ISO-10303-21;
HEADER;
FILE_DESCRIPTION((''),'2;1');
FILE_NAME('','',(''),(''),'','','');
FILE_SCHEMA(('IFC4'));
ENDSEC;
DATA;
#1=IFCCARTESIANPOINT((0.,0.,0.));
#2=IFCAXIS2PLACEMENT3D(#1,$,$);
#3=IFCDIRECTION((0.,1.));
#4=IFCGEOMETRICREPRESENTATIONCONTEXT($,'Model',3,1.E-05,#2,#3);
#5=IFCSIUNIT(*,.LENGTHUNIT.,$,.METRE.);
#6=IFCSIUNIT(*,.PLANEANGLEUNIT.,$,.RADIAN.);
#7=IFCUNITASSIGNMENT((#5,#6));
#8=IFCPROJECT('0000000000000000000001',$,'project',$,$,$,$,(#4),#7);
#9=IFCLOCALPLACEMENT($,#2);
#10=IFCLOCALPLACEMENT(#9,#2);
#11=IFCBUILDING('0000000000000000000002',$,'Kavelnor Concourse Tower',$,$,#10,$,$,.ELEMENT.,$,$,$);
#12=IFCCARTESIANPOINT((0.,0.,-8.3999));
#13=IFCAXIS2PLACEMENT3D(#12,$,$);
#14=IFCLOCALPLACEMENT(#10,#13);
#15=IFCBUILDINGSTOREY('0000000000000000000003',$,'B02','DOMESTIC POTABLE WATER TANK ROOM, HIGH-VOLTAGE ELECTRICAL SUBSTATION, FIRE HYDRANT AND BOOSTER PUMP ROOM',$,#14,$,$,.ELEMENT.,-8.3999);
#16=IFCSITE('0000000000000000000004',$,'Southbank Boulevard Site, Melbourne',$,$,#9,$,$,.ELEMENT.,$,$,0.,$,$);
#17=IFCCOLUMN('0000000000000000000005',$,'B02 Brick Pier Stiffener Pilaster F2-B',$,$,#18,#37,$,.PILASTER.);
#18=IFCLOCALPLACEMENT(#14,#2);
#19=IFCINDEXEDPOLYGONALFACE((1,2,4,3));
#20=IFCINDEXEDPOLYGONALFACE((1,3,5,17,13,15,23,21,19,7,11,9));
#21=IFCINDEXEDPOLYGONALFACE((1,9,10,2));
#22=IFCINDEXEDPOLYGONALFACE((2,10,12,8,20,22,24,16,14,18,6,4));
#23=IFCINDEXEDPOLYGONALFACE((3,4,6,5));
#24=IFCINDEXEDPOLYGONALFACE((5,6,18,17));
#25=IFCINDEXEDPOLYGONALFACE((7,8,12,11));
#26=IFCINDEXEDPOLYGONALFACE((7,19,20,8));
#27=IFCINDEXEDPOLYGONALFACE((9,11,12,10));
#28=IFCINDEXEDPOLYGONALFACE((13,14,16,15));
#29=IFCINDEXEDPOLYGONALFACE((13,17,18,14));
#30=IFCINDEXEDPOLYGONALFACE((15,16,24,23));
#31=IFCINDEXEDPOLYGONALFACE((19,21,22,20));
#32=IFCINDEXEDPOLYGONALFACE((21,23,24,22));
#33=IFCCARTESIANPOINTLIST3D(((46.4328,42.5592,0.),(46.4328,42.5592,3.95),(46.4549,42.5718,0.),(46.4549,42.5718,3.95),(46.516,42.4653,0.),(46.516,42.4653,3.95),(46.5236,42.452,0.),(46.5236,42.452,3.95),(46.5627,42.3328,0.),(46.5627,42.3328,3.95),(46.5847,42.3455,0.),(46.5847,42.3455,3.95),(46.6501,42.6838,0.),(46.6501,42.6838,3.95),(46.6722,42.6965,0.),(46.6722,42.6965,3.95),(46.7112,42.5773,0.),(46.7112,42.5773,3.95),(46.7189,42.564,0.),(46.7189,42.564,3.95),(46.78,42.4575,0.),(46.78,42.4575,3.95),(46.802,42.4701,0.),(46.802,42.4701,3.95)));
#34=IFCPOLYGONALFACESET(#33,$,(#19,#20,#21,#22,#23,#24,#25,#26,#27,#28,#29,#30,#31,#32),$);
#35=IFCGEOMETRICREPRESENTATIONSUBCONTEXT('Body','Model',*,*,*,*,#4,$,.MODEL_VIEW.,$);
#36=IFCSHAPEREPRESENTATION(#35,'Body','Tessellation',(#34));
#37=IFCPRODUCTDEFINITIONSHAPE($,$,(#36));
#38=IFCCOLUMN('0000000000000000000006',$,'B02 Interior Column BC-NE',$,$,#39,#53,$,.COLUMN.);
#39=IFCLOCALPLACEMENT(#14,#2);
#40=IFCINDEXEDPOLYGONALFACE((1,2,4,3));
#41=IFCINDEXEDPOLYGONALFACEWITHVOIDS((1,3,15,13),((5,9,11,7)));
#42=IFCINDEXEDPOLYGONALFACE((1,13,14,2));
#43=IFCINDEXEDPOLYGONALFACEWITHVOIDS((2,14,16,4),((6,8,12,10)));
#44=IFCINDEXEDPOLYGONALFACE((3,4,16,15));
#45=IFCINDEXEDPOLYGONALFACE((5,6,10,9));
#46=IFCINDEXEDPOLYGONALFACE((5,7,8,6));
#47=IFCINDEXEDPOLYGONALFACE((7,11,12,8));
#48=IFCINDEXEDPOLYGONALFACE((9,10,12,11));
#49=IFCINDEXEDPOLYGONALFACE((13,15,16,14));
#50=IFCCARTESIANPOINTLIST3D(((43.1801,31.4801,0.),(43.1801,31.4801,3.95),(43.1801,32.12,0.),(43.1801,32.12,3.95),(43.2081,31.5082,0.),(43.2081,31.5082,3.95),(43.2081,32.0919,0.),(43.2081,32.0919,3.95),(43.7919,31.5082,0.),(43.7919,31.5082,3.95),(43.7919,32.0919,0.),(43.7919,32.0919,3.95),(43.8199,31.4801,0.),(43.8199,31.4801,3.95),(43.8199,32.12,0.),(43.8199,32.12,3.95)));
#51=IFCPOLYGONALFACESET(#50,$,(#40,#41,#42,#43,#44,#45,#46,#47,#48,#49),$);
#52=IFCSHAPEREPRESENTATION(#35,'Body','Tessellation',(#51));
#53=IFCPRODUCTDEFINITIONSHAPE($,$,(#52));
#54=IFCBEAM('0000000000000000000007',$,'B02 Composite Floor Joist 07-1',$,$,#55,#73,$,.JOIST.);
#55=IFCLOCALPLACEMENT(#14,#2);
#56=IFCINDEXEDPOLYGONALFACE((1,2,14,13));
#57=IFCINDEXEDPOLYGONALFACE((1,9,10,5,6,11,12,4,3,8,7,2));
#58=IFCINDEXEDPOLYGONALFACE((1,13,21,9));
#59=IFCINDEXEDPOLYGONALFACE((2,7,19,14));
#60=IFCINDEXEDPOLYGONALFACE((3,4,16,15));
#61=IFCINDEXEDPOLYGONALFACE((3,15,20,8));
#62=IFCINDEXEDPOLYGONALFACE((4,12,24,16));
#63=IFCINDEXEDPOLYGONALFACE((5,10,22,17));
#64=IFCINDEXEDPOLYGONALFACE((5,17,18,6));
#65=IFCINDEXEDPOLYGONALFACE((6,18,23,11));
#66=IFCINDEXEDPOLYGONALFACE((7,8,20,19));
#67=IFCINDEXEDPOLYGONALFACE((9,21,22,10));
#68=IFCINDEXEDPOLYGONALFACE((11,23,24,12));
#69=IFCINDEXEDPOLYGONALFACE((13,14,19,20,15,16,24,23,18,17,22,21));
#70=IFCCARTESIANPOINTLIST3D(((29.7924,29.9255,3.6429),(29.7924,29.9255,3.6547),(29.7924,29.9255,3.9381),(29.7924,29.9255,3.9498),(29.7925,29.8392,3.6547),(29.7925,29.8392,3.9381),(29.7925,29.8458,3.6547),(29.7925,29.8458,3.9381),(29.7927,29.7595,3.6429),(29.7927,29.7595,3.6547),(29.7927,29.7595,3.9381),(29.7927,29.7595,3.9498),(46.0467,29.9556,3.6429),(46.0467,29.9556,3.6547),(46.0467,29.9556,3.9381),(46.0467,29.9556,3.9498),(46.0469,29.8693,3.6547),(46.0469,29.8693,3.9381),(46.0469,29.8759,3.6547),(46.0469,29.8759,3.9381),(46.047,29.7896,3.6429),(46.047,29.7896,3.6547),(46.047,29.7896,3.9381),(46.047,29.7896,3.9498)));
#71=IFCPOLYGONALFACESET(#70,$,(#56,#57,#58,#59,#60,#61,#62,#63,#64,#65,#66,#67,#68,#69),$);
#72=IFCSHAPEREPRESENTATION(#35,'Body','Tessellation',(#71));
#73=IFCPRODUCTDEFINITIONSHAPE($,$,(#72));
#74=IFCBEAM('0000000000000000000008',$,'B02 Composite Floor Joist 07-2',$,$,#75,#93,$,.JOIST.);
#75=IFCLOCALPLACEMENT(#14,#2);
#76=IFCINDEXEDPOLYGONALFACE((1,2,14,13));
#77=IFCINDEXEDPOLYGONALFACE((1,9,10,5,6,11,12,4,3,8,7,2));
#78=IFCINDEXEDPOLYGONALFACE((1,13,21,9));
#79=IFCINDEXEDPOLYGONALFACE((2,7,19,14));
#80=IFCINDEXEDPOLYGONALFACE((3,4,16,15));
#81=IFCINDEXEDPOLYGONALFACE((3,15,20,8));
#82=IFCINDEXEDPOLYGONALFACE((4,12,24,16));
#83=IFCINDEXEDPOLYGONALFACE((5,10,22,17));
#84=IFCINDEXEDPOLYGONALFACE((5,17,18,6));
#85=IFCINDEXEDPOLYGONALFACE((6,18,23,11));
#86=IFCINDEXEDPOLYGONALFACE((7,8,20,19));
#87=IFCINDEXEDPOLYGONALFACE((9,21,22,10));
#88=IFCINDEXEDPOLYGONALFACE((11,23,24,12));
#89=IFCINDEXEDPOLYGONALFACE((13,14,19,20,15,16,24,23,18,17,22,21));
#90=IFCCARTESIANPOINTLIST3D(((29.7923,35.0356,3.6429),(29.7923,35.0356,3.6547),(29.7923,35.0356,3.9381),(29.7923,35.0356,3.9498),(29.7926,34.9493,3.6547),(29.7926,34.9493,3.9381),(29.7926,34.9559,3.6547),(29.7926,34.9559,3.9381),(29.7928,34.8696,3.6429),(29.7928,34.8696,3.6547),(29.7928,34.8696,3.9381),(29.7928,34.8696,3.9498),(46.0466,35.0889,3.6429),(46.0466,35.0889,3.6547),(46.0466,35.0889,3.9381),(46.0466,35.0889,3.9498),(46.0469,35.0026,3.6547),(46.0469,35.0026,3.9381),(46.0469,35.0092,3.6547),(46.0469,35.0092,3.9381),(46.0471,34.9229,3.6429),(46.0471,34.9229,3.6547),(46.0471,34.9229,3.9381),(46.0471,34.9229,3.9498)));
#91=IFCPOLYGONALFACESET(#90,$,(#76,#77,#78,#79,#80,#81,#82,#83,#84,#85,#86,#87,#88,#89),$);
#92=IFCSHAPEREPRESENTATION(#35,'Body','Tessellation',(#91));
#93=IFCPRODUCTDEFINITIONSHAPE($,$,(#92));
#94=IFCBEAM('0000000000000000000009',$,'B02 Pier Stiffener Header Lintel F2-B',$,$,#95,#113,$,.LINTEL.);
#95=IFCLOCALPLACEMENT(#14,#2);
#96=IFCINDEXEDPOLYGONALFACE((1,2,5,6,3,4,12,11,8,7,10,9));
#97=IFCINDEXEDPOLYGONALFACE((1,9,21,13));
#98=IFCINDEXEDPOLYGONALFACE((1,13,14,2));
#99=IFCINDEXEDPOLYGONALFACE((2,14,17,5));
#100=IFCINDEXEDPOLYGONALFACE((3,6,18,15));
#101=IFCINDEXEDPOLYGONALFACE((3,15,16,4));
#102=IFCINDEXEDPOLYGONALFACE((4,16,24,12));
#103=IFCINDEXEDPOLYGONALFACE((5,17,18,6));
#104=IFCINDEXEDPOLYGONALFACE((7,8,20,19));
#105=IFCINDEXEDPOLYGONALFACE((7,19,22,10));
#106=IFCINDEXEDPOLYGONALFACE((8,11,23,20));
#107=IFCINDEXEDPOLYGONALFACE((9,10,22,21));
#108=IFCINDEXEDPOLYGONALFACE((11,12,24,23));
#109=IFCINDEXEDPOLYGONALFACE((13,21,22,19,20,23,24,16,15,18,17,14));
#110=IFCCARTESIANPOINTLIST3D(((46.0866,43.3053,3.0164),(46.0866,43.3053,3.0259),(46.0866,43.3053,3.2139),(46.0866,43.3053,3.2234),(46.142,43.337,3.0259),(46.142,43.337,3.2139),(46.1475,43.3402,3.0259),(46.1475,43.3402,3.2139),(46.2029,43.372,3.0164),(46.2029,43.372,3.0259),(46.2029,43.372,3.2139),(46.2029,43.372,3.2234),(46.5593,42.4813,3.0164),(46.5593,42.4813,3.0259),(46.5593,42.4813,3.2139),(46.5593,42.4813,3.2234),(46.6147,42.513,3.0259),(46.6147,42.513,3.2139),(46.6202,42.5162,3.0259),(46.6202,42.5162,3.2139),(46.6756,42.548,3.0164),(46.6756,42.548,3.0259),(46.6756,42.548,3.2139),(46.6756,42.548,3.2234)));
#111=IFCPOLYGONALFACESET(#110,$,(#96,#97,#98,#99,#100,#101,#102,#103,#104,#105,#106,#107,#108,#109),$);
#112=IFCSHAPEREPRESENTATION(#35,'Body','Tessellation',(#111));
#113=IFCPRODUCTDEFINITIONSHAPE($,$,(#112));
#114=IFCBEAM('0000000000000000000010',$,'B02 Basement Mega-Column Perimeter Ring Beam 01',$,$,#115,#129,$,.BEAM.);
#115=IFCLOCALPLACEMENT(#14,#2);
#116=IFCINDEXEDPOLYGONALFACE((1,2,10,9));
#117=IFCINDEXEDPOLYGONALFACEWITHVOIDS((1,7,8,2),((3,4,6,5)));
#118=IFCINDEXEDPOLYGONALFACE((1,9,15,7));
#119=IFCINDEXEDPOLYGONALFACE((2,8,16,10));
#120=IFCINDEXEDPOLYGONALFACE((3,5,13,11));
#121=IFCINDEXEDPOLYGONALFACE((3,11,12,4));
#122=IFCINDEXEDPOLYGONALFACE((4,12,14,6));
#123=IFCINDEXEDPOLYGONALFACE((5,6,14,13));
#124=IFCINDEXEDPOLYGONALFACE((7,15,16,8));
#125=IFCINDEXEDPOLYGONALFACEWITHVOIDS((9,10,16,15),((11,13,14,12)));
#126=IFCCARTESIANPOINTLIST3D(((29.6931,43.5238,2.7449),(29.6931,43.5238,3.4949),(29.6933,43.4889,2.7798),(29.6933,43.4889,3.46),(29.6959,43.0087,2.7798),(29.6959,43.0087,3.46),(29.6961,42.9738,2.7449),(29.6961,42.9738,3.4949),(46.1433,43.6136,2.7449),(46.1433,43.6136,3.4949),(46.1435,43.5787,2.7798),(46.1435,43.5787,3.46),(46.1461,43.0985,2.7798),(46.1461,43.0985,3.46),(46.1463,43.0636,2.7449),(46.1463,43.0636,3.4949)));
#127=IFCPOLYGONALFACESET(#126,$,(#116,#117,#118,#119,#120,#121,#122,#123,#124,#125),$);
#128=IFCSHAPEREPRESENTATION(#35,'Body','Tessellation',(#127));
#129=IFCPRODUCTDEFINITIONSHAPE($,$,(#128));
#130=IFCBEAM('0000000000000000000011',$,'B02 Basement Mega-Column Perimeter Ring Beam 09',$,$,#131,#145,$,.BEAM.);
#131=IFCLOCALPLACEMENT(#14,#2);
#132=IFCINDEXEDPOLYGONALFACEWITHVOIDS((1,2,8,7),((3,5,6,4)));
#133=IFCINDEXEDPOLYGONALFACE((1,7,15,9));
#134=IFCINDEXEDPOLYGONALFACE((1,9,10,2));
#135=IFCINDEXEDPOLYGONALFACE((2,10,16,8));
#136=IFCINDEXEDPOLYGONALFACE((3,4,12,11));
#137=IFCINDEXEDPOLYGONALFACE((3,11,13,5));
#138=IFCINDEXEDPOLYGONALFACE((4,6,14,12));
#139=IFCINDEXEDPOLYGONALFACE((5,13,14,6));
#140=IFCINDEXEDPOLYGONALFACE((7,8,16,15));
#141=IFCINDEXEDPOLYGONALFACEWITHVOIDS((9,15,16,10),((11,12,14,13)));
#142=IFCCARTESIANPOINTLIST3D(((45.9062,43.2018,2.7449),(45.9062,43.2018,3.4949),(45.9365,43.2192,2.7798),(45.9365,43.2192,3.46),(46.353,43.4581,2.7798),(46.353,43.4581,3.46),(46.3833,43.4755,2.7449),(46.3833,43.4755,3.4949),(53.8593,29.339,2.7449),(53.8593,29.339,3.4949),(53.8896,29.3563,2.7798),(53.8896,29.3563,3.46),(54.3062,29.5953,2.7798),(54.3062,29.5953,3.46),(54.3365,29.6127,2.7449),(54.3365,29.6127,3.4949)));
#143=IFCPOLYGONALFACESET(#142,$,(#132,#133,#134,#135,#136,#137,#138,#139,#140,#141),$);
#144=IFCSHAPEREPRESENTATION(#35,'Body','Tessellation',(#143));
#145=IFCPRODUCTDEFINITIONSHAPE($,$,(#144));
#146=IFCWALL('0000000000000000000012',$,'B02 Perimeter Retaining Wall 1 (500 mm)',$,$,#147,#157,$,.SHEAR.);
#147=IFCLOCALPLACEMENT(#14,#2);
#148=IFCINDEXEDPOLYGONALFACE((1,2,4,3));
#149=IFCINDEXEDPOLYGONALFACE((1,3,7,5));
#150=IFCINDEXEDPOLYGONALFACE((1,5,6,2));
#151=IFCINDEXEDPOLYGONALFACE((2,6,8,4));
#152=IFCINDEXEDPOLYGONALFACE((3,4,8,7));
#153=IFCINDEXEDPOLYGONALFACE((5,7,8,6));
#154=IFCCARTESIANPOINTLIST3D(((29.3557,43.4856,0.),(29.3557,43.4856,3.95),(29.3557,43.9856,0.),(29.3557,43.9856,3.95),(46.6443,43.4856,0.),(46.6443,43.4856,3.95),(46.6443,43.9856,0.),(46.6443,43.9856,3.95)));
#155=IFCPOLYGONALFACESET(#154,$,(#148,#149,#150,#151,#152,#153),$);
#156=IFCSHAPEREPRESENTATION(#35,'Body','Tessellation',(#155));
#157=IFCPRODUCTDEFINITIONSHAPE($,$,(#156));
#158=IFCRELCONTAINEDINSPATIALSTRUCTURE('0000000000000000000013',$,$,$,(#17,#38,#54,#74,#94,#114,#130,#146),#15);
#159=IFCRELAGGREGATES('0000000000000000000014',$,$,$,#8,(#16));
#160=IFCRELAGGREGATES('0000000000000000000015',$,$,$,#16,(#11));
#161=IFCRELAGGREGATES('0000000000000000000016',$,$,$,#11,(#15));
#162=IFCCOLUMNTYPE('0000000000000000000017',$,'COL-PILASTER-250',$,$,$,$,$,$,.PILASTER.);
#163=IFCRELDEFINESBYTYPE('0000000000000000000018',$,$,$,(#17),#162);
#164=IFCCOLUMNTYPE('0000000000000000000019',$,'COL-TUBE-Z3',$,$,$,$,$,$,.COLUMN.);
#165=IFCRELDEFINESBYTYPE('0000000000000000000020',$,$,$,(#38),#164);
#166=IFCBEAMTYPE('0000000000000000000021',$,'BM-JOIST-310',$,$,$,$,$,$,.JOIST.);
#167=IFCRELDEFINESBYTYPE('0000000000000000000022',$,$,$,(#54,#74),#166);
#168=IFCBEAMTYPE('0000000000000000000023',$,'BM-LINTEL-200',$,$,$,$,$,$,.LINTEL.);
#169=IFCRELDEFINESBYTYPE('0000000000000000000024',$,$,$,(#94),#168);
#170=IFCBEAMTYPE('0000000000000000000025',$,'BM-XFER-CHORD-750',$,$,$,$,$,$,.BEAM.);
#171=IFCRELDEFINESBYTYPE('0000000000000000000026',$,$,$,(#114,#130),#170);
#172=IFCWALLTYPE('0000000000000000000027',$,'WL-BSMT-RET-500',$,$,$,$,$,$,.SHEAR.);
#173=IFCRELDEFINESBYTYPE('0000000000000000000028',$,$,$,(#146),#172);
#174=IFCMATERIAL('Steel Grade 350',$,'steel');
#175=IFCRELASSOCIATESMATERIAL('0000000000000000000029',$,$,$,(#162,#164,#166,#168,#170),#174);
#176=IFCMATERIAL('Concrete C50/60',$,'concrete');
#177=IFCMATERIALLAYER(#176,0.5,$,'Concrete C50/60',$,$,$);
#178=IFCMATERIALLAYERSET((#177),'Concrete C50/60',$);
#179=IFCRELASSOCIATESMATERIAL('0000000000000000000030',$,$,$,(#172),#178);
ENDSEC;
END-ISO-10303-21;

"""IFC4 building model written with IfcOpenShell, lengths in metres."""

from ifc_helpers import new_model, si_unit, direction, frame, frame_2d, origin, origin_2d, place, context, subcontext, project, spatial, rectangle, hollow_rectangle, i_section, extrude, material, layer, layer_set, material_profile, profile_set, type_object, element, save


model = new_model("IFC4")

# Units and contexts
model_context = context("Model", 3, precision=1e-05, world=origin(), true_north=direction((0.0, 1.0)))
body_context = subcontext(model_context, "Body", "Model", "MODEL_VIEW")
ifc_project = project(units=[si_unit("LENGTHUNIT", "METRE"), si_unit("PLANEANGLEUNIT", "RADIAN")], contexts=[model_context])

# Site, building, storey
site_placement = place(None, origin())
site = spatial("IfcSite", under=ifc_project, at=site_placement, Name="Southbank Boulevard Site, Melbourne", CompositionType="ELEMENT", RefElevation=0.0)
building_placement = place(site_placement, origin())
building = spatial("IfcBuilding", under=site, at=building_placement, Name="Kavelnor Concourse Tower", CompositionType="ELEMENT")
storey_placement = place(building_placement, frame((0.0, 0.0, -8.3999)))
storey = spatial("IfcBuildingStorey", under=building, at=storey_placement, Name="B02", Description="DOMESTIC POTABLE WATER TANK ROOM, HIGH-VOLTAGE ELECTRICAL SUBSTATION, FIRE HYDRANT AND BOOSTER PUMP ROOM", CompositionType="ELEMENT", Elevation=-8.3999)

# Shared definitions
ifc_material_1 = material(Name="Concrete C50/60", Category="concrete")

# Columns
ifc_material_2 = material(Name="Steel Grade 350", Category="steel")
ifc_material_profile_1 = material_profile(ifc_material_2, i_section(OverallWidth=0.261, OverallDepth=0.2759, WebThickness=0.0154, FlangeThickness=0.0254, at=origin_2d()), Name="UC 254x254x132")
ifc_profile_set_1 = profile_set([ifc_material_profile_1], Name="Steel Grade 350")
column_type_1 = type_object("IfcColumnType", Name="COL-PILASTER-250", PredefinedType="PILASTER", material=ifc_profile_set_1)
column_1_placement = place(storey_placement, frame((46.6174, 42.5146, 0.0), z_axis=(0.0, 0.0, 1.0), x_axis=(-0.49758, 0.867418, 0.0)))
element("IfcColumn", 1, at=column_1_placement, inside=storey, type_object=column_type_1, Name="B02 Brick Pier Stiffener Pilaster F2-B", PredefinedType="PILASTER", context=body_context, shape_type="SweptSolid", body=[
    extrude(i_section(OverallWidth=0.261, OverallDepth=0.2759, WebThickness=0.0154, FlangeThickness=0.0254, at=origin_2d()), origin(), (0.0, 0.0, 1.0), 3.95),
])
ifc_material_profile_2 = material_profile(ifc_material_2, hollow_rectangle(XDim=0.6399, YDim=0.6399, WallThickness=0.0281, at=origin_2d()), Name="SHS 640x640x28")
ifc_profile_set_2 = profile_set([ifc_material_profile_2], Name="Steel Grade 350")
column_type_2 = type_object("IfcColumnType", Name="COL-TUBE-Z3", PredefinedType="COLUMN", material=ifc_profile_set_2)
column_2_placement = place(storey_placement, frame((43.5, 31.8, 0.0), z_axis=(0.0, 0.0, 1.0), x_axis=(1.0, 0.0, 0.0)))
element("IfcColumn", 2, at=column_2_placement, inside=storey, type_object=column_type_2, Name="B02 Interior Column BC-NE", PredefinedType="COLUMN", context=body_context, shape_type="SweptSolid", body=[
    extrude(hollow_rectangle(XDim=0.6399, YDim=0.6399, WallThickness=0.0281, at=origin_2d()), origin(), (0.0, 0.0, 1.0), 3.95),
])

# Beams
ifc_material_profile_3 = material_profile(ifc_material_2, i_section(OverallWidth=0.166, OverallDepth=0.3069, WebThickness=0.0066, FlangeThickness=0.0117, at=origin_2d()), Name="310UB46")
ifc_profile_set_3 = profile_set([ifc_material_profile_3], Name="Steel Grade 350")
beam_type_1 = type_object("IfcBeamType", Name="BM-JOIST-310", PredefinedType="JOIST", material=ifc_profile_set_3)
for number, where, z_axis, x_axis, name in (
    (3, (46.0469, 29.8726, 3.7964), (-0.999998, -0.001847, 0.0), (0.001847, -0.999998, 0.0), "B02 Composite Floor Joist 07-1"),
    (4, (46.0469, 35.0059, 3.7964), (-0.999995, -0.003274, 0.0), (0.003274, -0.999995, 0.0), "B02 Composite Floor Joist 07-2"),
):
    element("IfcBeam", number, at=place(storey_placement, frame(where, z_axis=z_axis, x_axis=x_axis)), inside=storey, type_object=beam_type_1, Name=name, PredefinedType="JOIST", context=body_context, shape_type="SweptSolid", body=[
        extrude(i_section(OverallWidth=0.166, OverallDepth=0.3069, WebThickness=0.0066, FlangeThickness=0.0117, at=origin_2d()), origin(), (0.0, 0.0, 1.0), 16.2544),
    ])
ifc_material_profile_4 = material_profile(ifc_material_2, i_section(OverallWidth=0.134, OverallDepth=0.207, WebThickness=0.0063, FlangeThickness=0.0095, at=origin_2d()), Name="200UB29")
ifc_profile_set_4 = profile_set([ifc_material_profile_4], Name="Steel Grade 350")
beam_type_2 = type_object("IfcBeamType", Name="BM-LINTEL-200", PredefinedType="LINTEL", material=ifc_profile_set_4)
beam_1_placement = place(storey_placement, frame((46.1448, 43.3386, 3.1199), z_axis=(0.497578, -0.86742, 0.0), x_axis=(0.86742, 0.497578, 0.0)))
element("IfcBeam", 5, at=beam_1_placement, inside=storey, type_object=beam_type_2, Name="B02 Pier Stiffener Header Lintel F2-B", PredefinedType="LINTEL", context=body_context, shape_type="SweptSolid", body=[
    extrude(i_section(OverallWidth=0.134, OverallDepth=0.207, WebThickness=0.0063, FlangeThickness=0.0095, at=origin_2d()), origin(), (0.0, 0.0, 1.0), 0.95),
])
ifc_material_profile_5 = material_profile(ifc_material_2, hollow_rectangle(XDim=0.55, YDim=0.75, WallThickness=0.0349, at=origin_2d()), Name="RHS 750x550x35")
ifc_profile_set_5 = profile_set([ifc_material_profile_5], Name="Steel Grade 350")
beam_type_3 = type_object("IfcBeamType", Name="BM-XFER-CHORD-750", PredefinedType="BEAM", material=ifc_profile_set_5)
beam_2_placement = place(storey_placement, frame((46.1448, 43.3386, 3.1199), z_axis=(-0.999985, -0.005461, 0.0), x_axis=(0.005461, -0.999985, 0.0)))
element("IfcBeam", 6, at=beam_2_placement, inside=storey, type_object=beam_type_3, Name="B02 Basement Mega-Column Perimeter Ring Beam 01", PredefinedType="BEAM", context=body_context, shape_type="SweptSolid", body=[
    extrude(hollow_rectangle(XDim=0.55, YDim=0.75, WallThickness=0.0349, at=origin_2d()), origin(), (0.0, 0.0, 1.0), 16.4504),
])
beam_3_placement = place(storey_placement, frame((54.0979, 29.4758, 3.1199), z_axis=(-0.497625, 0.867392, 0.0), x_axis=(-0.867392, -0.497625, 0.0)))
element("IfcBeam", 7, at=beam_3_placement, inside=storey, type_object=beam_type_3, Name="B02 Basement Mega-Column Perimeter Ring Beam 09", PredefinedType="BEAM", context=body_context, shape_type="SweptSolid", body=[
    extrude(hollow_rectangle(XDim=0.55, YDim=0.75, WallThickness=0.0349, at=origin_2d()), origin(), (0.0, 0.0, 1.0), 15.9822),
])

# Wall
ifc_layer = layer(ifc_material_1, 0.5, Name="Concrete C50/60")
ifc_layer_set = layer_set([ifc_layer], Name="Concrete C50/60")
wall_type = type_object("IfcWallType", Name="WL-BSMT-RET-500", PredefinedType="SHEAR", material=ifc_layer_set)
wall_placement = place(storey_placement, frame((46.6443, 43.7356, 0.0), z_axis=(0.0, 0.0, 1.0), x_axis=(-1.0, 0.0, 0.0)))
element("IfcWall", 8, at=wall_placement, inside=storey, type_object=wall_type, Name="B02 Perimeter Retaining Wall 1 (500 mm)", PredefinedType="SHEAR", context=body_context, shape_type="SweptSolid", body=[
    extrude(rectangle(XDim=17.2886, YDim=0.5, at=frame_2d((8.6443, 0.0))), origin(), (0.0, 0.0, 1.0), 3.95),
])

save(model, "model.ifc")
